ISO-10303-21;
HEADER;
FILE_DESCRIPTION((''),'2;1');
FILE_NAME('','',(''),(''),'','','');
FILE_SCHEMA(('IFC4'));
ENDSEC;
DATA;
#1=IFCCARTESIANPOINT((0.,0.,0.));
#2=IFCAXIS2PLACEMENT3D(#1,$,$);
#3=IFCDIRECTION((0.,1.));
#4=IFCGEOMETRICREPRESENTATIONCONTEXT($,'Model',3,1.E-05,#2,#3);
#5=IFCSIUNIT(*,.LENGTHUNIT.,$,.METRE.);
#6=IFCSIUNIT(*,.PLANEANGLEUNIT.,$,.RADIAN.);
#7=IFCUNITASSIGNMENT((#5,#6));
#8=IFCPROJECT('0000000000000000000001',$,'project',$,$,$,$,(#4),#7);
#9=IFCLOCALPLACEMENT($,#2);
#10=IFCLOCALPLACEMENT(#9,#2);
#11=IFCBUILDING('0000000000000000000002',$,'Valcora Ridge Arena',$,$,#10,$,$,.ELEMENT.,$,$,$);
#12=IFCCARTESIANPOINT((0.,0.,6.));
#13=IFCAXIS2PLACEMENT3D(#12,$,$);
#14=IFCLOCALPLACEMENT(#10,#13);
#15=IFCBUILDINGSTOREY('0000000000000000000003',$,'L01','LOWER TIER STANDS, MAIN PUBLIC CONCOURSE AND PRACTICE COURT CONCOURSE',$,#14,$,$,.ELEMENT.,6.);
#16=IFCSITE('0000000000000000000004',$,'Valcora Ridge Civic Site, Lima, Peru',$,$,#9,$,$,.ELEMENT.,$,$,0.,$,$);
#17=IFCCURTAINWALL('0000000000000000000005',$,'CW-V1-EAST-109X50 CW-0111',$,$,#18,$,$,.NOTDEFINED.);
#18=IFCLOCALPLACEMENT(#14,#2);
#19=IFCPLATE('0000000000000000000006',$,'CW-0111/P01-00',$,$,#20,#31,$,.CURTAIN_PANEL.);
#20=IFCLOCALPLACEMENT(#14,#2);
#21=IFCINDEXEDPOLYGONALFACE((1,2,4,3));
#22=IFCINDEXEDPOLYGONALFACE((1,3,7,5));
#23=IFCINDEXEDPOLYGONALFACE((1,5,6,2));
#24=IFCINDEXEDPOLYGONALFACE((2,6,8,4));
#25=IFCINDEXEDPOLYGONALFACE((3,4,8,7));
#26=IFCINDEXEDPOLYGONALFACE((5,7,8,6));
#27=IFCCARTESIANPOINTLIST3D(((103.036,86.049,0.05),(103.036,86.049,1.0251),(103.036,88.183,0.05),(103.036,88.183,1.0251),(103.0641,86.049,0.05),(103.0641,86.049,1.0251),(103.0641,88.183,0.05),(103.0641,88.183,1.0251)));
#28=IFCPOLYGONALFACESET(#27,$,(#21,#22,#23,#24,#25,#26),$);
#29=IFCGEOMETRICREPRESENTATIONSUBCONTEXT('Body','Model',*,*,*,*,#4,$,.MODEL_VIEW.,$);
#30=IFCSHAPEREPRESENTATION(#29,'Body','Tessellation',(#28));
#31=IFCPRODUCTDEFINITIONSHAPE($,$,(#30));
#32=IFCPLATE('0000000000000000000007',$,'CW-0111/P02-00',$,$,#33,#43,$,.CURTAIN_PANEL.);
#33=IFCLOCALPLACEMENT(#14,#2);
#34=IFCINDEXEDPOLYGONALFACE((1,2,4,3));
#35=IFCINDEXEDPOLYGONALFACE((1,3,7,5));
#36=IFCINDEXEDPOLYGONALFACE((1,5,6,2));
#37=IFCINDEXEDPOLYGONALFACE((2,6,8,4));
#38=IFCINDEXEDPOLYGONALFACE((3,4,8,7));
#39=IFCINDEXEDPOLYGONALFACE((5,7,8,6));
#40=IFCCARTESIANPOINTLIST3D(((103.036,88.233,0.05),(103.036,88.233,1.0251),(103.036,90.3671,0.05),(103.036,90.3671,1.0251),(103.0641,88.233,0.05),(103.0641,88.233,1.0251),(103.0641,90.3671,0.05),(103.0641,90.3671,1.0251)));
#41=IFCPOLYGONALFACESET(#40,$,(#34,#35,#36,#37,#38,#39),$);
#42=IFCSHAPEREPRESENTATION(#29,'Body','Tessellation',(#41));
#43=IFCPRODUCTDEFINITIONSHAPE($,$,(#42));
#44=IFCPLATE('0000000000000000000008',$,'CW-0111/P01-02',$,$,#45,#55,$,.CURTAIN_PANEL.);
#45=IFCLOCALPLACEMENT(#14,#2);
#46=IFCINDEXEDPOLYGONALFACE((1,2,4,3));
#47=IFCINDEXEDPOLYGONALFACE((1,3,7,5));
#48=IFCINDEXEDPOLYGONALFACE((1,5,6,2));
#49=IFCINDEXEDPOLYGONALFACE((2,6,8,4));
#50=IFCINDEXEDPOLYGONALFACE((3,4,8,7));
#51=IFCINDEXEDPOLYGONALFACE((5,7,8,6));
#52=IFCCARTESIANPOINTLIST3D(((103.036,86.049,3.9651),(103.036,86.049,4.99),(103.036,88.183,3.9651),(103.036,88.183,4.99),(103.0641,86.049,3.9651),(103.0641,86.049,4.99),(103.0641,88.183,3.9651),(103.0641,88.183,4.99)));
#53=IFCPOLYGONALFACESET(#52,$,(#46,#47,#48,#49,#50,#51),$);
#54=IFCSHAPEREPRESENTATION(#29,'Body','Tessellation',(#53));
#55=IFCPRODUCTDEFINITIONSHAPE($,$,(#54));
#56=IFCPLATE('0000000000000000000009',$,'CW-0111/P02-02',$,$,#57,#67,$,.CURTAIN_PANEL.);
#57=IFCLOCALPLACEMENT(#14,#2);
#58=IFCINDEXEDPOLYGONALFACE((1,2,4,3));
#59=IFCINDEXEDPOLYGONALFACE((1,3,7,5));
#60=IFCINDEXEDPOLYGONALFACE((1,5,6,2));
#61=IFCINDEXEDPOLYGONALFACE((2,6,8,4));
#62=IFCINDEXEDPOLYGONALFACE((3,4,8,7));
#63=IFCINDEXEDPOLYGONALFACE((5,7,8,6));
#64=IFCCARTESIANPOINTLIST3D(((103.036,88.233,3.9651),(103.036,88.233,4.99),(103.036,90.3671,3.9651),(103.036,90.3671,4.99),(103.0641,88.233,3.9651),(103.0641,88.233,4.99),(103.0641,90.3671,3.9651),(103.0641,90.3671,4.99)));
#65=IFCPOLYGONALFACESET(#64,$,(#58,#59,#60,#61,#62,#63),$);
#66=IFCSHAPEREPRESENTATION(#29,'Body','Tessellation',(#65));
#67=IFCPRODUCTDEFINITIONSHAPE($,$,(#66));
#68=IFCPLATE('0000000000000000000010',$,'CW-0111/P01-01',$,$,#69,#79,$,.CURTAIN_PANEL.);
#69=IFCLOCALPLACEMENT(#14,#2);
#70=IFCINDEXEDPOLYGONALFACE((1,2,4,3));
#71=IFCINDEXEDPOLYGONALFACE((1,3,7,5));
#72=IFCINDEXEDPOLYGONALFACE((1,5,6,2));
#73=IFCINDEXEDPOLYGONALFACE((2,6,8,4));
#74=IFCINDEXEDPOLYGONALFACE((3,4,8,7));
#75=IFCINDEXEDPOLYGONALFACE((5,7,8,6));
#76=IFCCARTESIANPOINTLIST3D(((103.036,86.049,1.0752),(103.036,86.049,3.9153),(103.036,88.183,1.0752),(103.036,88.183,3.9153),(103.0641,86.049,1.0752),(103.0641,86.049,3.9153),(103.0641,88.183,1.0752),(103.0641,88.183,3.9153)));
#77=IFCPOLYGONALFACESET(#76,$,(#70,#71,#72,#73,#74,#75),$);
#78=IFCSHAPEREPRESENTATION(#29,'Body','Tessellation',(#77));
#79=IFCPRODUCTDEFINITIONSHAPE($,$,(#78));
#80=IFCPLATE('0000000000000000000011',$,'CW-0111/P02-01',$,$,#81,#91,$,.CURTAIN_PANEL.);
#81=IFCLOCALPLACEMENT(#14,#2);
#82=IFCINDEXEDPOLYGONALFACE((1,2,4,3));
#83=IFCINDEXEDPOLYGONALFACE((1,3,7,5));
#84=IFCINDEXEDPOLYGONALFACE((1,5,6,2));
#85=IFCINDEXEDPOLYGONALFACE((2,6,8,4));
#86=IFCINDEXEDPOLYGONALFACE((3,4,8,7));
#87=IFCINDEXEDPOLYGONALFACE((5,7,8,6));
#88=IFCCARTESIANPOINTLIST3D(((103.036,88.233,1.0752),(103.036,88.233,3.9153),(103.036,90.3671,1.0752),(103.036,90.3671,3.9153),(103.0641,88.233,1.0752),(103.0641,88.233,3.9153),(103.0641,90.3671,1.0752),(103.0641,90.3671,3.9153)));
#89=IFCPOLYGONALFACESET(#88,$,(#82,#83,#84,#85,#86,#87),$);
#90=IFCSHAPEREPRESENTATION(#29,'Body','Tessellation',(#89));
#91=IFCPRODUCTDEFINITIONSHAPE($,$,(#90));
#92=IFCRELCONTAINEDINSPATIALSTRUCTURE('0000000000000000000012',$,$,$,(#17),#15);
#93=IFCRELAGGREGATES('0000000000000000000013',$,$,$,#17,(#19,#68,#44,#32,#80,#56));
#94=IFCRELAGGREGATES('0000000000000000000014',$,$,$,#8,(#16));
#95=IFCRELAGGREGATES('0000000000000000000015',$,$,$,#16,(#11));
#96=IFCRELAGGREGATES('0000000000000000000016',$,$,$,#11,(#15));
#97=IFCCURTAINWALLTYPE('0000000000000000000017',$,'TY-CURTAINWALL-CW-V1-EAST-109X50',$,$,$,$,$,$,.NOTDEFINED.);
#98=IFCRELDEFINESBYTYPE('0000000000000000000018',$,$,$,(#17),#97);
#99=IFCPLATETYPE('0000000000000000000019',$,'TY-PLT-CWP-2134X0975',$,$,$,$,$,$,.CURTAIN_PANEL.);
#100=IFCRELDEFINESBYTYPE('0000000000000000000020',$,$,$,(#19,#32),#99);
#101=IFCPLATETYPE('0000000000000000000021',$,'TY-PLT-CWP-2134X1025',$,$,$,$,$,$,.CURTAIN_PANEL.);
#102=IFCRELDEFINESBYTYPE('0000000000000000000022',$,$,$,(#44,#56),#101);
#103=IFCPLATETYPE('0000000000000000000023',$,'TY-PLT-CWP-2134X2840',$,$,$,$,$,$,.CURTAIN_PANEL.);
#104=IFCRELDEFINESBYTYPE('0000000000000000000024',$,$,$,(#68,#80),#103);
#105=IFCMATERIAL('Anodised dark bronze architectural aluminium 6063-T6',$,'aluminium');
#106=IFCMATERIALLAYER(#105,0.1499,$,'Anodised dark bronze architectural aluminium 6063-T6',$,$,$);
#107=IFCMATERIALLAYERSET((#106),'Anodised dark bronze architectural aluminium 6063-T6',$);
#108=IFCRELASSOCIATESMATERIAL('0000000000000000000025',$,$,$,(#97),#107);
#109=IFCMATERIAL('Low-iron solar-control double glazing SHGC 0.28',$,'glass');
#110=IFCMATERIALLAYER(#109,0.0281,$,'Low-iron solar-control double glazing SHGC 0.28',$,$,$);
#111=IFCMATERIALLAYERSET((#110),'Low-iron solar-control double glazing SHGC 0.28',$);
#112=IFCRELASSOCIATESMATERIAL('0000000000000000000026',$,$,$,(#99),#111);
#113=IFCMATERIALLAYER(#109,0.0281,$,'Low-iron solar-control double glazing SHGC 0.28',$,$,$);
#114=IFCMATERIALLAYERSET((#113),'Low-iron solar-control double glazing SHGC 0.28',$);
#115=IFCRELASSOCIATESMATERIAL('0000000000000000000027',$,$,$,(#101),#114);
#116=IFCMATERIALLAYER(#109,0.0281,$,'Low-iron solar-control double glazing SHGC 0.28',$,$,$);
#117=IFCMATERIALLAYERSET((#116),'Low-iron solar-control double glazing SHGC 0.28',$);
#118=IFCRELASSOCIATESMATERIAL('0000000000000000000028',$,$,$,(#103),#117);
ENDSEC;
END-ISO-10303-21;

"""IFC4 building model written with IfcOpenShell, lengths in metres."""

from ifc_helpers import new_model, si_unit, direction, frame, origin, origin_2d, place, context, subcontext, project, spatial, rectangle, extrude, material, layer, layer_set, type_object, element, aggregate, save


model = new_model("IFC4")

# Units and contexts
model_context = context("Model", 3, precision=1e-05, world=origin(), true_north=direction((0.0, 1.0)))
body_context = subcontext(model_context, "Body", "Model", "MODEL_VIEW")
ifc_project = project(units=[si_unit("LENGTHUNIT", "METRE"), si_unit("PLANEANGLEUNIT", "RADIAN")], contexts=[model_context])

# Site, building, storey
site_placement = place(None, origin())
site = spatial("IfcSite", under=ifc_project, at=site_placement, Name="Valcora Ridge Civic Site, Lima, Peru", CompositionType="ELEMENT", RefElevation=0.0)
building_placement = place(site_placement, origin())
building = spatial("IfcBuilding", under=site, at=building_placement, Name="Valcora Ridge Arena", CompositionType="ELEMENT")
storey_placement = place(building_placement, frame((0.0, 0.0, 6.0)))
storey = spatial("IfcBuildingStorey", under=building, at=storey_placement, Name="L01", Description="LOWER TIER STANDS, MAIN PUBLIC CONCOURSE AND PRACTICE COURT CONCOURSE", CompositionType="ELEMENT", Elevation=6.0)

# Curtain wall, plates
ifc_material_1 = material(Name="Anodised dark bronze architectural aluminium 6063-T6", Category="aluminium")
ifc_layer_1 = layer(ifc_material_1, 0.1499, Name="Anodised dark bronze architectural aluminium 6063-T6")
ifc_layer_set_1 = layer_set([ifc_layer_1], Name="Anodised dark bronze architectural aluminium 6063-T6")
curtain_wall_type = type_object("IfcCurtainWallType", Name="TY-CURTAINWALL-CW-V1-EAST-109X50", PredefinedType="NOTDEFINED", material=ifc_layer_set_1)
curtain_wall_placement = place(storey_placement, origin())
curtain_wall = element("IfcCurtainWall", 1, at=curtain_wall_placement, inside=storey, type_object=curtain_wall_type, Name="CW-V1-EAST-109X50 CW-0111", PredefinedType="NOTDEFINED")
ifc_material_2 = material(Name="Low-iron solar-control double glazing SHGC 0.28", Category="glass")
ifc_layer_2 = layer(ifc_material_2, 0.0281, Name="Low-iron solar-control double glazing SHGC 0.28")
ifc_layer_set_2 = layer_set([ifc_layer_2], Name="Low-iron solar-control double glazing SHGC 0.28")
plate_type_1 = type_object("IfcPlateType", Name="TY-PLT-CWP-2134X0975", PredefinedType="CURTAIN_PANEL", material=ifc_layer_set_2)
plate_1_placement = place(storey_placement, frame((103.05, 87.116, 0.05), z_axis=(0.0, 0.0, 1.0), x_axis=(0.0, 1.0, 0.0)))
plate_1 = element("IfcPlate", 2, at=plate_1_placement, type_object=plate_type_1, Name="CW-0111/P01-00", PredefinedType="CURTAIN_PANEL", context=body_context, shape_type="SweptSolid", body=[
    extrude(rectangle(XDim=2.134, YDim=0.0281, at=origin_2d()), origin(), (0.0, 0.0, 1.0), 0.9751),
])
plate_2_placement = place(storey_placement, frame((103.05, 89.3, 0.05), z_axis=(0.0, 0.0, 1.0), x_axis=(0.0, 1.0, 0.0)))
plate_2 = element("IfcPlate", 3, at=plate_2_placement, type_object=plate_type_1, Name="CW-0111/P02-00", PredefinedType="CURTAIN_PANEL", context=body_context, shape_type="SweptSolid", body=[
    extrude(rectangle(XDim=2.134, YDim=0.0281, at=origin_2d()), origin(), (0.0, 0.0, 1.0), 0.9751),
])
ifc_layer_3 = layer(ifc_material_2, 0.0281, Name="Low-iron solar-control double glazing SHGC 0.28")
ifc_layer_set_3 = layer_set([ifc_layer_3], Name="Low-iron solar-control double glazing SHGC 0.28")
plate_type_2 = type_object("IfcPlateType", Name="TY-PLT-CWP-2134X1025", PredefinedType="CURTAIN_PANEL", material=ifc_layer_set_3)
plate_3_placement = place(storey_placement, frame((103.05, 87.116, 3.9651), z_axis=(0.0, 0.0, 1.0), x_axis=(0.0, 1.0, 0.0)))
plate_3 = element("IfcPlate", 4, at=plate_3_placement, type_object=plate_type_2, Name="CW-0111/P01-02", PredefinedType="CURTAIN_PANEL", context=body_context, shape_type="SweptSolid", body=[
    extrude(rectangle(XDim=2.134, YDim=0.0281, at=origin_2d()), origin(), (0.0, 0.0, 1.0), 1.0249),
])
plate_4_placement = place(storey_placement, frame((103.05, 89.3, 3.9651), z_axis=(0.0, 0.0, 1.0), x_axis=(0.0, 1.0, 0.0)))
plate_4 = element("IfcPlate", 5, at=plate_4_placement, type_object=plate_type_2, Name="CW-0111/P02-02", PredefinedType="CURTAIN_PANEL", context=body_context, shape_type="SweptSolid", body=[
    extrude(rectangle(XDim=2.134, YDim=0.0281, at=origin_2d()), origin(), (0.0, 0.0, 1.0), 1.0249),
])
ifc_layer_4 = layer(ifc_material_2, 0.0281, Name="Low-iron solar-control double glazing SHGC 0.28")
ifc_layer_set_4 = layer_set([ifc_layer_4], Name="Low-iron solar-control double glazing SHGC 0.28")
plate_type_3 = type_object("IfcPlateType", Name="TY-PLT-CWP-2134X2840", PredefinedType="CURTAIN_PANEL", material=ifc_layer_set_4)
plate_5_placement = place(storey_placement, frame((103.05, 87.116, 1.0752), z_axis=(0.0, 0.0, 1.0), x_axis=(0.0, 1.0, 0.0)))
plate_5 = element("IfcPlate", 6, at=plate_5_placement, type_object=plate_type_3, Name="CW-0111/P01-01", PredefinedType="CURTAIN_PANEL", context=body_context, shape_type="SweptSolid", body=[
    extrude(rectangle(XDim=2.134, YDim=0.0281, at=origin_2d()), origin(), (0.0, 0.0, 1.0), 2.8401),
])
plate_6_placement = place(storey_placement, frame((103.05, 89.3, 1.0752), z_axis=(0.0, 0.0, 1.0), x_axis=(0.0, 1.0, 0.0)))
plate_6 = element("IfcPlate", 7, at=plate_6_placement, type_object=plate_type_3, Name="CW-0111/P02-01", PredefinedType="CURTAIN_PANEL", context=body_context, shape_type="SweptSolid", body=[
    extrude(rectangle(XDim=2.134, YDim=0.0281, at=origin_2d()), origin(), (0.0, 0.0, 1.0), 2.8401),
])
aggregate(curtain_wall, [plate_1, plate_5, plate_3, plate_2, plate_6, plate_4])

save(model, "model.ifc")
